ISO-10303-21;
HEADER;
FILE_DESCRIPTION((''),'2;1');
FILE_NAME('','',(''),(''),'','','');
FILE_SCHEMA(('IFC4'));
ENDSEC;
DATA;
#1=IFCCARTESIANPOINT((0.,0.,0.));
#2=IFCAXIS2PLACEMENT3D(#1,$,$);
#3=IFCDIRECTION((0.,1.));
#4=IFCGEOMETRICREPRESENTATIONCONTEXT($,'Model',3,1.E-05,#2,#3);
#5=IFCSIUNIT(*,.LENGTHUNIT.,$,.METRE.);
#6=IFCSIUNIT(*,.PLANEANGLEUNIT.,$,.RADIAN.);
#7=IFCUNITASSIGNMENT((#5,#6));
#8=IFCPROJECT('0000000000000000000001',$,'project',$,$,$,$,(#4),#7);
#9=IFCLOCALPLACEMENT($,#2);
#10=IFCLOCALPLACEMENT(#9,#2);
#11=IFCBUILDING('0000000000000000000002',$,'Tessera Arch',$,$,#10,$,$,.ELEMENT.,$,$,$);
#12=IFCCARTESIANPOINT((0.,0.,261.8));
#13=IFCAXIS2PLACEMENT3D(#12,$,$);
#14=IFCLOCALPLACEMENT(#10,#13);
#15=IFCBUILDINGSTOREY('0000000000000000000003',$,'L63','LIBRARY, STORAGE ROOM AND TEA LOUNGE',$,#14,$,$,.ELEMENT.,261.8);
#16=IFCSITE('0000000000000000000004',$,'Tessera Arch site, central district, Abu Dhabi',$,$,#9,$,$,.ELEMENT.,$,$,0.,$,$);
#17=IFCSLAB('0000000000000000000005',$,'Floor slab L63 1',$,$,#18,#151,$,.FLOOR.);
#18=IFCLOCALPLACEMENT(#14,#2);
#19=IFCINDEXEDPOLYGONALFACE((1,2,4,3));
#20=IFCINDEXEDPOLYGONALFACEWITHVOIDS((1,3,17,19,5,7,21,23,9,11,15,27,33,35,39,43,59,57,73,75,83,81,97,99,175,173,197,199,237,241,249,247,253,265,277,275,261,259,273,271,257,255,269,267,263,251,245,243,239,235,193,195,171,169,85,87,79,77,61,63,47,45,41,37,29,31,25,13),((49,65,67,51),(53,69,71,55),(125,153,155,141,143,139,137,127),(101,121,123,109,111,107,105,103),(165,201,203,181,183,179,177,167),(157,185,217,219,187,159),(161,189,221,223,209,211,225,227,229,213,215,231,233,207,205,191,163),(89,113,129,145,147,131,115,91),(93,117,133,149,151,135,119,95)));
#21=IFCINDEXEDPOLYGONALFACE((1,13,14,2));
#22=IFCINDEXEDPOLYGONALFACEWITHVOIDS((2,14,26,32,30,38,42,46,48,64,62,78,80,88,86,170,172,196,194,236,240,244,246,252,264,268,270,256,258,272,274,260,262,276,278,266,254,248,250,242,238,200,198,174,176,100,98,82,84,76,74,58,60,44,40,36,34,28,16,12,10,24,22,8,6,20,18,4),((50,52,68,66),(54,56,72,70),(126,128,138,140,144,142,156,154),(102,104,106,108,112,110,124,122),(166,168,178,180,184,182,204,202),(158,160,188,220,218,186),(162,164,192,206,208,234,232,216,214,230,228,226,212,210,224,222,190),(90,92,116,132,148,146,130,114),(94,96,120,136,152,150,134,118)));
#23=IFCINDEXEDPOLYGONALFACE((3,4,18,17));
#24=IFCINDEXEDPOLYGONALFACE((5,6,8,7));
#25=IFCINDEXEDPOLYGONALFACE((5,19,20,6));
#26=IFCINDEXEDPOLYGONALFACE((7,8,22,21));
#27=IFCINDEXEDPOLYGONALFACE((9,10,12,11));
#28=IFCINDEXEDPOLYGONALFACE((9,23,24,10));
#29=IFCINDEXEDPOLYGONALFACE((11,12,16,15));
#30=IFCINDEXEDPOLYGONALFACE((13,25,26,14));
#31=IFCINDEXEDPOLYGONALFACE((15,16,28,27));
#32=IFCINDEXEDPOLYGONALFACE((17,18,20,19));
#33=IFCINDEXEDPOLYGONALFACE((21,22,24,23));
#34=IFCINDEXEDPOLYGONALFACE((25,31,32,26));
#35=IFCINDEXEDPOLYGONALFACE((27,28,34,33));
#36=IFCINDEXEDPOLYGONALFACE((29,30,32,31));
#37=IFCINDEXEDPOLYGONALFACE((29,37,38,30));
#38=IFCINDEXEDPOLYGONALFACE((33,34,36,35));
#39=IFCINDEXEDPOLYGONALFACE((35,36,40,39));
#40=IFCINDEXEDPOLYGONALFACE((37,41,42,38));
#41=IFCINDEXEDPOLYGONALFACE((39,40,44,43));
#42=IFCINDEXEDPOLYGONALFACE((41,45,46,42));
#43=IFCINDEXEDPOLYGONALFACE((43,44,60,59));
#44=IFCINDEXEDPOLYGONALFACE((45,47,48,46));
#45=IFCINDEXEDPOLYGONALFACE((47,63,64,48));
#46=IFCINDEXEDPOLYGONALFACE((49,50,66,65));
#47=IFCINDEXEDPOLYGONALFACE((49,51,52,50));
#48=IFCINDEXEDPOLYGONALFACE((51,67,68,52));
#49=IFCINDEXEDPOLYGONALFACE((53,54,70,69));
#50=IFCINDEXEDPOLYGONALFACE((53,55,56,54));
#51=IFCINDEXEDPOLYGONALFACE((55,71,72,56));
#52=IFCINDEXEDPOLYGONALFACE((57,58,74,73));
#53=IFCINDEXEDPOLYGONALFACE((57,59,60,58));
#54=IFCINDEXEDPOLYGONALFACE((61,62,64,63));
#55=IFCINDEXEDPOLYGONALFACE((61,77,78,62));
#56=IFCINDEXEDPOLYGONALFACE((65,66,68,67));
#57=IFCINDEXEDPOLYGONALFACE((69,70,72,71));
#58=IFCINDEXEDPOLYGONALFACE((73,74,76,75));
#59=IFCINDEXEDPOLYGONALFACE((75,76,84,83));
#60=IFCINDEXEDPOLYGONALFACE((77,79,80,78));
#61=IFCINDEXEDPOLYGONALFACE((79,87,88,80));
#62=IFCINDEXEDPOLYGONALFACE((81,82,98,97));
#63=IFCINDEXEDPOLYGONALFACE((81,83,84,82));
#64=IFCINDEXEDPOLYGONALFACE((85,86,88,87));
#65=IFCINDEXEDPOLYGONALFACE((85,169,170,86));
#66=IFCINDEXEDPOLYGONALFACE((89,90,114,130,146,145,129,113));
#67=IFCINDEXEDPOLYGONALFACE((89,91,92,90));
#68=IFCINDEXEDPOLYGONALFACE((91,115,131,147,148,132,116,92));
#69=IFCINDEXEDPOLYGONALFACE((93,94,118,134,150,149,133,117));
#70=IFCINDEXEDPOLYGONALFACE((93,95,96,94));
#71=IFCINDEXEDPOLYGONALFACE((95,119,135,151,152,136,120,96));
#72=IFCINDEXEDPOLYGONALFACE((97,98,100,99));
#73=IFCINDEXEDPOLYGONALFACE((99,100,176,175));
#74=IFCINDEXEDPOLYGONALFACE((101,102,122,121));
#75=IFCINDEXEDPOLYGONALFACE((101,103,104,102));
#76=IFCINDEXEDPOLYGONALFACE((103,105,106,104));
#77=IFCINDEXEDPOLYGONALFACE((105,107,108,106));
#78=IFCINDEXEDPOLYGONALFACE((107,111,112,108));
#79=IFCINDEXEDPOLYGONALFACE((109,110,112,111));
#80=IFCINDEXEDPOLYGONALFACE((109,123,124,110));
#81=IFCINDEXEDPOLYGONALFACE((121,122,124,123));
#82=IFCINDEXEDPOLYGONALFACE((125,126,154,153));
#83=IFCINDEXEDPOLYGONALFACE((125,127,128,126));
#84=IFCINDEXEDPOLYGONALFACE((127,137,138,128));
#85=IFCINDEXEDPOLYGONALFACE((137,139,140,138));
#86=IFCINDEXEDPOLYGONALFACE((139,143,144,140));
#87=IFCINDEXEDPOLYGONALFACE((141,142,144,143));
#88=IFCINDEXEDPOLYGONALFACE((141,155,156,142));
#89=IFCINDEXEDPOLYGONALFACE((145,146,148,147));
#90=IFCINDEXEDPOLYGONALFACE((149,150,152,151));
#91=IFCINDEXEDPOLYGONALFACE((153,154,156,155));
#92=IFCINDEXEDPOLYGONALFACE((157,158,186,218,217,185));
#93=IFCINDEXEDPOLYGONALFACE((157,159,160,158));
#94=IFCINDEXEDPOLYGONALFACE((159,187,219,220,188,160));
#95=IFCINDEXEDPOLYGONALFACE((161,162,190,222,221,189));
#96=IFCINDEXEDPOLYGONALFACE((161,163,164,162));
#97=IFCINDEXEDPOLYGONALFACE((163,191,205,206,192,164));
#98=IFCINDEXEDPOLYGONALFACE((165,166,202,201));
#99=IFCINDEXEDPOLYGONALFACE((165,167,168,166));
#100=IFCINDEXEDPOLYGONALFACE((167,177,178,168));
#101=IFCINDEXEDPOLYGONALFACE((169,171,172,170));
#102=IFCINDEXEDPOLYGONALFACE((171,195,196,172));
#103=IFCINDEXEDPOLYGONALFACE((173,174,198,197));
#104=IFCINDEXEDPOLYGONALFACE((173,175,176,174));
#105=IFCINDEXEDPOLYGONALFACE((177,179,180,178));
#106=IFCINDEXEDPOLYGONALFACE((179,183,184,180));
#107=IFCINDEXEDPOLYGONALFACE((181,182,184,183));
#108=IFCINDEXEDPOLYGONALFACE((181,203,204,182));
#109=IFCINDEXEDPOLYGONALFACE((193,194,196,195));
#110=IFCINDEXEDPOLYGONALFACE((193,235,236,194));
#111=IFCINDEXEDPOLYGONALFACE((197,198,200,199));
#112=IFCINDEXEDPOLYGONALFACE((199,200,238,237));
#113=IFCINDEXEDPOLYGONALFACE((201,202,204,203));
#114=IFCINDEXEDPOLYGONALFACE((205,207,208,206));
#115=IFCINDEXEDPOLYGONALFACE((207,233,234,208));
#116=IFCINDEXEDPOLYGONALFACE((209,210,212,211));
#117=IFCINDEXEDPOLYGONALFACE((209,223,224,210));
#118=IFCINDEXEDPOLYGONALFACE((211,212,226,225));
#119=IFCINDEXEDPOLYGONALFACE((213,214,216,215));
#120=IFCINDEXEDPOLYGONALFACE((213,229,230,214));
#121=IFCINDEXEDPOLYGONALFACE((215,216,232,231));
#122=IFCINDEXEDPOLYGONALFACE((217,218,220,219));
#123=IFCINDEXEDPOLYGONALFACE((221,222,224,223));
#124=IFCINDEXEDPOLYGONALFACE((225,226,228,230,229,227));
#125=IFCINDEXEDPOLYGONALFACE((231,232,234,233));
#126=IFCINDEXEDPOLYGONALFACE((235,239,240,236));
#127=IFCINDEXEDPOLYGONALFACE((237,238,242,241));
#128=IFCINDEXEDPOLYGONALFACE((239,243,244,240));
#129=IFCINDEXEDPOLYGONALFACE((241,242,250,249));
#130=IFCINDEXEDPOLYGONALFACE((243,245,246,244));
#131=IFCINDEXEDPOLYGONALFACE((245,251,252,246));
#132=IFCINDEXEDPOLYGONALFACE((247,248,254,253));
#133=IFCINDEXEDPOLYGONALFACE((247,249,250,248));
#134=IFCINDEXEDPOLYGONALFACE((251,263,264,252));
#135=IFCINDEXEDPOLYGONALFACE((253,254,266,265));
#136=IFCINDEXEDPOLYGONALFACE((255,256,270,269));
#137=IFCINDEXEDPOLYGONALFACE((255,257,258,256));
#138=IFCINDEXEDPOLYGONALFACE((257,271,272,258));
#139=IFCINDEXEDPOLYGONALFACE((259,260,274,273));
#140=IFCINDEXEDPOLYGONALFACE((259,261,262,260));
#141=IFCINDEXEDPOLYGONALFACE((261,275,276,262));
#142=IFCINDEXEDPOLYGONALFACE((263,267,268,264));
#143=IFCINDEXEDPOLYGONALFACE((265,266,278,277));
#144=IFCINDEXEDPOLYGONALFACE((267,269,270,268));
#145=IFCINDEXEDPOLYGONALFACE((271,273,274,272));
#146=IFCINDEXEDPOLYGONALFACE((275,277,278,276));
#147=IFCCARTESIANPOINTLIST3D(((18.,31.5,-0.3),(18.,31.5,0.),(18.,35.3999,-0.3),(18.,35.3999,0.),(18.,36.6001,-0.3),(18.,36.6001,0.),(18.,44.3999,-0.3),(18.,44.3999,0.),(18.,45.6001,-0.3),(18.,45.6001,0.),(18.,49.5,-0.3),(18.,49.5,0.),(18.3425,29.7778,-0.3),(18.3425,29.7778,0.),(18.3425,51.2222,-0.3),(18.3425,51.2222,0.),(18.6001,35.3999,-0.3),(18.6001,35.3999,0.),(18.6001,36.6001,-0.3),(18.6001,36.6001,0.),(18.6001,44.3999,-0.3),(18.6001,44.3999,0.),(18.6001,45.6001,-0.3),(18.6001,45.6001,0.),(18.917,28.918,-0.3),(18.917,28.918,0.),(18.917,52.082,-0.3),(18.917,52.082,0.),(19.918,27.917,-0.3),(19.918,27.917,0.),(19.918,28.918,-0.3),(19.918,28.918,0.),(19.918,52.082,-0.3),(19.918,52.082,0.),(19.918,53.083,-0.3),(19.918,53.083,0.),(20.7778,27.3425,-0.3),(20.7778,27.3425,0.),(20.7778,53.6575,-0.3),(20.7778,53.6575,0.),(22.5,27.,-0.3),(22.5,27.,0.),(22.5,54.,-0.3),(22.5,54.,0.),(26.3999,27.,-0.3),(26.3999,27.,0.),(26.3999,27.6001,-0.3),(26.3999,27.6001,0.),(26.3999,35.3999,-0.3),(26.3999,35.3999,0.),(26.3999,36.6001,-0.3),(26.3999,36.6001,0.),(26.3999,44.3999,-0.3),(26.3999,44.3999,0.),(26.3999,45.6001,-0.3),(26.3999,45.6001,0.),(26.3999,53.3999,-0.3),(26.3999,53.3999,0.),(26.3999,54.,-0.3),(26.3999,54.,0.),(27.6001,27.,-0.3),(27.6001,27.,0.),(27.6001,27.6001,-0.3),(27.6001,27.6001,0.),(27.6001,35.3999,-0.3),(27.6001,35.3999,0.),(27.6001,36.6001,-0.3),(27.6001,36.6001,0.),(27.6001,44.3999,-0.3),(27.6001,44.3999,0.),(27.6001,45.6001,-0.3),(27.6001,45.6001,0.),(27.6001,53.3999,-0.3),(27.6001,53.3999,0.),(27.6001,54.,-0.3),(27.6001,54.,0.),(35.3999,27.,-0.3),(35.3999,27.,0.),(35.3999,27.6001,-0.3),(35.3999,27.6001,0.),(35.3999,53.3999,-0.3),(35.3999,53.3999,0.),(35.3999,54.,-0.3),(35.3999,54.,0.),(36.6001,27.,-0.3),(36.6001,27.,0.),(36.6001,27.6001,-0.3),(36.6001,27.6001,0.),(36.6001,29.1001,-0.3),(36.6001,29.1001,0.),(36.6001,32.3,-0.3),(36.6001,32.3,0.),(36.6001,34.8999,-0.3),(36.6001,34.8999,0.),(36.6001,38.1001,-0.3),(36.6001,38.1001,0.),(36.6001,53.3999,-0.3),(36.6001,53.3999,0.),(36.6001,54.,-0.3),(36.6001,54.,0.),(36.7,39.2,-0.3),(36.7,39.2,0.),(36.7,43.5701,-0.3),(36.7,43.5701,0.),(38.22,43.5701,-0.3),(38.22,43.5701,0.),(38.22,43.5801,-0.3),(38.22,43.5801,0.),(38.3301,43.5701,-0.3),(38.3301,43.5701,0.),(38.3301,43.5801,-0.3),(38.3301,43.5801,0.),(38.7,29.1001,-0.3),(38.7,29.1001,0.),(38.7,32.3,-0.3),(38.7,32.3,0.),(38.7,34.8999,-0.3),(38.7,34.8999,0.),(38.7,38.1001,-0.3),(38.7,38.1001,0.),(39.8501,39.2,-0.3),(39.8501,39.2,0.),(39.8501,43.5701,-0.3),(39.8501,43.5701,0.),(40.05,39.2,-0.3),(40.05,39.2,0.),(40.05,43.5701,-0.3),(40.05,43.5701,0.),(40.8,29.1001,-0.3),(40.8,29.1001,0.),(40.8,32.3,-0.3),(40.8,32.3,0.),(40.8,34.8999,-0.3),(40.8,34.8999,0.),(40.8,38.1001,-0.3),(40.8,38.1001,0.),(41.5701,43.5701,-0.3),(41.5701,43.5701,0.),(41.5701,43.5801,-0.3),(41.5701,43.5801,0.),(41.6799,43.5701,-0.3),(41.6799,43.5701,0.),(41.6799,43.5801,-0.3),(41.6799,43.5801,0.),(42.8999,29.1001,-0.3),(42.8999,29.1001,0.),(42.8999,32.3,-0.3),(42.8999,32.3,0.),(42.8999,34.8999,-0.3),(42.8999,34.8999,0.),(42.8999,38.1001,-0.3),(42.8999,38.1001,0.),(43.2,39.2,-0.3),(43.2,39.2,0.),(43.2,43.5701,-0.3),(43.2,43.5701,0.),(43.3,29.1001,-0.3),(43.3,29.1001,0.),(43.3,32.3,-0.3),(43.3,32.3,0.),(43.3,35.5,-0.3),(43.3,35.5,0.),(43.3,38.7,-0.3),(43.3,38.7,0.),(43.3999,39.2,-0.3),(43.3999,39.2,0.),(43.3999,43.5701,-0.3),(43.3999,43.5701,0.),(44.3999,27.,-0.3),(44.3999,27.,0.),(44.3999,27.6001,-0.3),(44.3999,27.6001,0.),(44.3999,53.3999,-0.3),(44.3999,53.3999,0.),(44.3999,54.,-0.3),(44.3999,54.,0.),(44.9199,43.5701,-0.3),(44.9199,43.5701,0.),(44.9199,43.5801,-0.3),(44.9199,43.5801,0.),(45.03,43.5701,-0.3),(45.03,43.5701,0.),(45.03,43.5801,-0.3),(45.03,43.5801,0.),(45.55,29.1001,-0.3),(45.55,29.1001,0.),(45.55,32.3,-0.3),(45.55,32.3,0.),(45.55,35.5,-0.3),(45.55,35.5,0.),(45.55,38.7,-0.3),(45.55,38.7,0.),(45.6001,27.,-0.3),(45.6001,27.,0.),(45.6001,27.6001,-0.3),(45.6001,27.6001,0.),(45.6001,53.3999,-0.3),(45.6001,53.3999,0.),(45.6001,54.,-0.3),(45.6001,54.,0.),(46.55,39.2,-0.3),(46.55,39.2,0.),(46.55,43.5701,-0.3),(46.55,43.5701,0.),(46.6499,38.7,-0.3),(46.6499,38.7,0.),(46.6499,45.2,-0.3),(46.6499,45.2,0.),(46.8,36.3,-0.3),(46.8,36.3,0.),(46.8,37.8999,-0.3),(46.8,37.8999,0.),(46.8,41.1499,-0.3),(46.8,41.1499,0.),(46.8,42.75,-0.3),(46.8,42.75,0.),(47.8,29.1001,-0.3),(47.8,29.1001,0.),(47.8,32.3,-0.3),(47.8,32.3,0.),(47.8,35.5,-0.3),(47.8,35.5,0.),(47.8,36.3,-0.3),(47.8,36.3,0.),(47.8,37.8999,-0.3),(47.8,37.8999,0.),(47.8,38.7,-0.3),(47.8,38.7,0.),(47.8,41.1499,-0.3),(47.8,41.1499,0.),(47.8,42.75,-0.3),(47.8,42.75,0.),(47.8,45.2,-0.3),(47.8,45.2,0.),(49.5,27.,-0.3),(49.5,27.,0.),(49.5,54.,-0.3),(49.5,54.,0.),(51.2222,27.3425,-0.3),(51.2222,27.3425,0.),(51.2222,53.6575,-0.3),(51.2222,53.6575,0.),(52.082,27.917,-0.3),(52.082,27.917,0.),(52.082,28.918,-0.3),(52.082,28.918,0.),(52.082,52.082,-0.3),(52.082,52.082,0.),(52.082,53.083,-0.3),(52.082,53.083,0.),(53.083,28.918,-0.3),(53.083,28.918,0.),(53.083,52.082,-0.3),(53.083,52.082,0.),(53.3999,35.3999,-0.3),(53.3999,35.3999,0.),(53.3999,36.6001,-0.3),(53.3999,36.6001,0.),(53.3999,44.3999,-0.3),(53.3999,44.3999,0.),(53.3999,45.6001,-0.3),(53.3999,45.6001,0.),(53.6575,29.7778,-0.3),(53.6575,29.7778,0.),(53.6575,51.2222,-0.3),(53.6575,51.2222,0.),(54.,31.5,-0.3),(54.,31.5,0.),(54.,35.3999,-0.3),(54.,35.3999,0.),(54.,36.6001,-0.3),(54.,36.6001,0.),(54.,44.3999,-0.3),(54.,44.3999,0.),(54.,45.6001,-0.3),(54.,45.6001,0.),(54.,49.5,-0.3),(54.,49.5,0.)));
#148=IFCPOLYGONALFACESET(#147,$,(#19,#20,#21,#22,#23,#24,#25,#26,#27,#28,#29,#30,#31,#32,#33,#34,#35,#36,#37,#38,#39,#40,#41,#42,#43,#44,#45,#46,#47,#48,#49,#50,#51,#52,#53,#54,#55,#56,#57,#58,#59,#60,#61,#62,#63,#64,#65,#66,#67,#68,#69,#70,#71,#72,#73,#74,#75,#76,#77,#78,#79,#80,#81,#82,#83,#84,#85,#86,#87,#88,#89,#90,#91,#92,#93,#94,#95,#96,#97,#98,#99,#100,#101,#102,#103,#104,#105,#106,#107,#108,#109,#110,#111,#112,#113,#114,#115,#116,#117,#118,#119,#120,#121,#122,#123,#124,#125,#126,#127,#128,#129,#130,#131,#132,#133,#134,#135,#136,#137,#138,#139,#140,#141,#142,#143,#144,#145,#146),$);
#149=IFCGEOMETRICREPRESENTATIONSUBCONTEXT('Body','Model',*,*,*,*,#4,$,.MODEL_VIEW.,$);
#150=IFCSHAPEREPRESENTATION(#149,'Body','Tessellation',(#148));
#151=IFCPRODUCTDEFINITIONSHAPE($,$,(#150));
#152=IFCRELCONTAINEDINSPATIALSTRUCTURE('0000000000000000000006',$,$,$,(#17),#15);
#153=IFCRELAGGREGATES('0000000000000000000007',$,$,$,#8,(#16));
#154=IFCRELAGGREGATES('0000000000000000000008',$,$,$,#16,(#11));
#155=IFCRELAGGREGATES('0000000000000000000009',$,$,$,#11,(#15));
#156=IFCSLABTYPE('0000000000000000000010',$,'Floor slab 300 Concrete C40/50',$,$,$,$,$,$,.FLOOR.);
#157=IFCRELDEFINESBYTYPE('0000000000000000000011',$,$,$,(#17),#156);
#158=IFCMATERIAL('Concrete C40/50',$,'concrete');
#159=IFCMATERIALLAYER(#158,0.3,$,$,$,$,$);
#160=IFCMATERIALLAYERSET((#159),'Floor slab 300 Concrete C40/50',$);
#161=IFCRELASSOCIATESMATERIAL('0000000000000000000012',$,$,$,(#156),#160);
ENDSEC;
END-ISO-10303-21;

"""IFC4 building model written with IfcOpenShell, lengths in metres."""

from ifc_helpers import new_model, si_unit, direction, frame, origin, place, context, subcontext, project, spatial, polyline, outline, extrude, material, layer, layer_set, type_object, element, save


model = new_model("IFC4")

# Units and contexts
model_context = context("Model", 3, precision=1e-05, world=origin(), true_north=direction((0.0, 1.0)))
body_context = subcontext(model_context, "Body", "Model", "MODEL_VIEW")
ifc_project = project(units=[si_unit("LENGTHUNIT", "METRE"), si_unit("PLANEANGLEUNIT", "RADIAN")], contexts=[model_context])

# Site, building, storey
site_placement = place(None, origin())
site = spatial("IfcSite", under=ifc_project, at=site_placement, Name="Tessera Arch site, central district, Abu Dhabi", CompositionType="ELEMENT", RefElevation=0.0)
building_placement = place(site_placement, origin())
building = spatial("IfcBuilding", under=site, at=building_placement, Name="Tessera Arch", CompositionType="ELEMENT")
storey_placement = place(building_placement, frame((0.0, 0.0, 261.8)))
storey = spatial("IfcBuildingStorey", under=building, at=storey_placement, Name="L63", Description="LIBRARY, STORAGE ROOM AND TEA LOUNGE", CompositionType="ELEMENT", Elevation=261.8)

# Slab
ifc_material_1 = material(Name="Concrete C40/50", Category="concrete")
ifc_layer_1 = layer(ifc_material_1, 0.3)
ifc_layer_set_1 = layer_set([ifc_layer_1], Name="Floor slab 300 Concrete C40/50")
slab_type = type_object("IfcSlabType", Name="Floor slab 300 Concrete C40/50", PredefinedType="FLOOR", material=ifc_layer_set_1)
slab_placement = place(storey_placement, frame((0.0, 0.0, -0.3)))
element("IfcSlab", 1, at=slab_placement, inside=storey, type_object=slab_type, Name="Floor slab L63 1", PredefinedType="FLOOR", context=body_context, shape_type="SweptSolid", body=[
    extrude(outline(polyline([(54.0, 31.5), (53.6575, 29.7778), (53.083, 28.918), (52.082, 28.918), (52.082, 27.917), (51.2222, 27.3425), (49.5, 27.0), (45.6001, 27.0), (45.6001, 27.6001), (44.3999, 27.6001), (44.3999, 27.0), (36.6001, 27.0), (36.6001, 27.6001), (35.3999, 27.6001), (35.3999, 27.0), (27.6001, 27.0), (27.6001, 27.6001), (26.3999, 27.6001), (26.3999, 27.0), (22.5, 27.0), (20.7778, 27.3425), (19.918, 27.917), (19.918, 28.918), (18.917, 28.918), (18.3425, 29.7778), (18.0, 31.5), (18.0, 35.3999), (18.6001, 35.3999), (18.6001, 36.6001), (18.0, 36.6001), (18.0, 44.3999), (18.6001, 44.3999), (18.6001, 45.6001), (18.0, 45.6001), (18.0, 49.5), (18.3425, 51.2222), (18.917, 52.082), (19.918, 52.082), (19.918, 53.083), (20.7778, 53.6575), (22.5, 54.0), (26.3999, 54.0), (26.3999, 53.3999), (27.6001, 53.3999), (27.6001, 54.0), (35.3999, 54.0), (35.3999, 53.3999), (36.6001, 53.3999), (36.6001, 54.0), (44.3999, 54.0), (44.3999, 53.3999), (45.6001, 53.3999), (45.6001, 54.0), (49.5, 54.0), (51.2222, 53.6575), (52.082, 53.083), (52.082, 52.082), (53.083, 52.082), (53.6575, 51.2222), (54.0, 49.5), (54.0, 45.6001), (53.3999, 45.6001), (53.3999, 44.3999), (54.0, 44.3999), (54.0, 36.6001), (53.3999, 36.6001), (53.3999, 35.3999), (54.0, 35.3999), (54.0, 31.5)]), holes=[polyline([(40.8, 29.1001), (42.8999, 29.1001), (42.8999, 32.3), (40.8, 32.3), (38.7, 32.3), (36.6001, 32.3), (36.6001, 29.1001), (38.7, 29.1001), (40.8, 29.1001)]), polyline([(27.6001, 35.3999), (27.6001, 36.6001), (26.3999, 36.6001), (26.3999, 35.3999), (27.6001, 35.3999)]), polyline([(40.8, 34.8999), (42.8999, 34.8999), (42.8999, 38.1001), (40.8, 38.1001), (38.7, 38.1001), (36.6001, 38.1001), (36.6001, 34.8999), (38.7, 34.8999), (40.8, 34.8999)]), polyline([(38.22, 43.5801), (38.22, 43.5701), (36.7, 43.5701), (36.7, 39.2), (39.8501, 39.2), (39.8501, 43.5701), (38.3301, 43.5701), (38.3301, 43.5801), (38.22, 43.5801)]), polyline([(27.6001, 44.3999), (27.6001, 45.6001), (26.3999, 45.6001), (26.3999, 44.3999), (27.6001, 44.3999)]), polyline([(47.8, 32.3), (45.55, 32.3), (43.3, 32.3), (43.3, 29.1001), (45.55, 29.1001), (47.8, 29.1001), (47.8, 32.3)]), polyline([(46.6499, 38.7), (45.55, 38.7), (43.3, 38.7), (43.3, 35.5), (45.55, 35.5), (47.8, 35.5), (47.8, 36.3), (46.8, 36.3), (46.8, 37.8999), (47.8, 37.8999), (47.8, 38.7), (47.8, 41.1499), (46.8, 41.1499), (46.8, 42.75), (47.8, 42.75), (47.8, 45.2), (46.6499, 45.2), (46.6499, 38.7)]), polyline([(41.5701, 43.5801), (41.5701, 43.5701), (40.05, 43.5701), (40.05, 39.2), (43.2, 39.2), (43.2, 43.5701), (41.6799, 43.5701), (41.6799, 43.5801), (41.5701, 43.5801)]), polyline([(44.9199, 43.5801), (44.9199, 43.5701), (43.3999, 43.5701), (43.3999, 39.2), (46.55, 39.2), (46.55, 43.5701), (45.03, 43.5701), (45.03, 43.5801), (44.9199, 43.5801)])]), origin(), (0.0, 0.0, 1.0), 0.3),
])

save(model, "model.ifc")
